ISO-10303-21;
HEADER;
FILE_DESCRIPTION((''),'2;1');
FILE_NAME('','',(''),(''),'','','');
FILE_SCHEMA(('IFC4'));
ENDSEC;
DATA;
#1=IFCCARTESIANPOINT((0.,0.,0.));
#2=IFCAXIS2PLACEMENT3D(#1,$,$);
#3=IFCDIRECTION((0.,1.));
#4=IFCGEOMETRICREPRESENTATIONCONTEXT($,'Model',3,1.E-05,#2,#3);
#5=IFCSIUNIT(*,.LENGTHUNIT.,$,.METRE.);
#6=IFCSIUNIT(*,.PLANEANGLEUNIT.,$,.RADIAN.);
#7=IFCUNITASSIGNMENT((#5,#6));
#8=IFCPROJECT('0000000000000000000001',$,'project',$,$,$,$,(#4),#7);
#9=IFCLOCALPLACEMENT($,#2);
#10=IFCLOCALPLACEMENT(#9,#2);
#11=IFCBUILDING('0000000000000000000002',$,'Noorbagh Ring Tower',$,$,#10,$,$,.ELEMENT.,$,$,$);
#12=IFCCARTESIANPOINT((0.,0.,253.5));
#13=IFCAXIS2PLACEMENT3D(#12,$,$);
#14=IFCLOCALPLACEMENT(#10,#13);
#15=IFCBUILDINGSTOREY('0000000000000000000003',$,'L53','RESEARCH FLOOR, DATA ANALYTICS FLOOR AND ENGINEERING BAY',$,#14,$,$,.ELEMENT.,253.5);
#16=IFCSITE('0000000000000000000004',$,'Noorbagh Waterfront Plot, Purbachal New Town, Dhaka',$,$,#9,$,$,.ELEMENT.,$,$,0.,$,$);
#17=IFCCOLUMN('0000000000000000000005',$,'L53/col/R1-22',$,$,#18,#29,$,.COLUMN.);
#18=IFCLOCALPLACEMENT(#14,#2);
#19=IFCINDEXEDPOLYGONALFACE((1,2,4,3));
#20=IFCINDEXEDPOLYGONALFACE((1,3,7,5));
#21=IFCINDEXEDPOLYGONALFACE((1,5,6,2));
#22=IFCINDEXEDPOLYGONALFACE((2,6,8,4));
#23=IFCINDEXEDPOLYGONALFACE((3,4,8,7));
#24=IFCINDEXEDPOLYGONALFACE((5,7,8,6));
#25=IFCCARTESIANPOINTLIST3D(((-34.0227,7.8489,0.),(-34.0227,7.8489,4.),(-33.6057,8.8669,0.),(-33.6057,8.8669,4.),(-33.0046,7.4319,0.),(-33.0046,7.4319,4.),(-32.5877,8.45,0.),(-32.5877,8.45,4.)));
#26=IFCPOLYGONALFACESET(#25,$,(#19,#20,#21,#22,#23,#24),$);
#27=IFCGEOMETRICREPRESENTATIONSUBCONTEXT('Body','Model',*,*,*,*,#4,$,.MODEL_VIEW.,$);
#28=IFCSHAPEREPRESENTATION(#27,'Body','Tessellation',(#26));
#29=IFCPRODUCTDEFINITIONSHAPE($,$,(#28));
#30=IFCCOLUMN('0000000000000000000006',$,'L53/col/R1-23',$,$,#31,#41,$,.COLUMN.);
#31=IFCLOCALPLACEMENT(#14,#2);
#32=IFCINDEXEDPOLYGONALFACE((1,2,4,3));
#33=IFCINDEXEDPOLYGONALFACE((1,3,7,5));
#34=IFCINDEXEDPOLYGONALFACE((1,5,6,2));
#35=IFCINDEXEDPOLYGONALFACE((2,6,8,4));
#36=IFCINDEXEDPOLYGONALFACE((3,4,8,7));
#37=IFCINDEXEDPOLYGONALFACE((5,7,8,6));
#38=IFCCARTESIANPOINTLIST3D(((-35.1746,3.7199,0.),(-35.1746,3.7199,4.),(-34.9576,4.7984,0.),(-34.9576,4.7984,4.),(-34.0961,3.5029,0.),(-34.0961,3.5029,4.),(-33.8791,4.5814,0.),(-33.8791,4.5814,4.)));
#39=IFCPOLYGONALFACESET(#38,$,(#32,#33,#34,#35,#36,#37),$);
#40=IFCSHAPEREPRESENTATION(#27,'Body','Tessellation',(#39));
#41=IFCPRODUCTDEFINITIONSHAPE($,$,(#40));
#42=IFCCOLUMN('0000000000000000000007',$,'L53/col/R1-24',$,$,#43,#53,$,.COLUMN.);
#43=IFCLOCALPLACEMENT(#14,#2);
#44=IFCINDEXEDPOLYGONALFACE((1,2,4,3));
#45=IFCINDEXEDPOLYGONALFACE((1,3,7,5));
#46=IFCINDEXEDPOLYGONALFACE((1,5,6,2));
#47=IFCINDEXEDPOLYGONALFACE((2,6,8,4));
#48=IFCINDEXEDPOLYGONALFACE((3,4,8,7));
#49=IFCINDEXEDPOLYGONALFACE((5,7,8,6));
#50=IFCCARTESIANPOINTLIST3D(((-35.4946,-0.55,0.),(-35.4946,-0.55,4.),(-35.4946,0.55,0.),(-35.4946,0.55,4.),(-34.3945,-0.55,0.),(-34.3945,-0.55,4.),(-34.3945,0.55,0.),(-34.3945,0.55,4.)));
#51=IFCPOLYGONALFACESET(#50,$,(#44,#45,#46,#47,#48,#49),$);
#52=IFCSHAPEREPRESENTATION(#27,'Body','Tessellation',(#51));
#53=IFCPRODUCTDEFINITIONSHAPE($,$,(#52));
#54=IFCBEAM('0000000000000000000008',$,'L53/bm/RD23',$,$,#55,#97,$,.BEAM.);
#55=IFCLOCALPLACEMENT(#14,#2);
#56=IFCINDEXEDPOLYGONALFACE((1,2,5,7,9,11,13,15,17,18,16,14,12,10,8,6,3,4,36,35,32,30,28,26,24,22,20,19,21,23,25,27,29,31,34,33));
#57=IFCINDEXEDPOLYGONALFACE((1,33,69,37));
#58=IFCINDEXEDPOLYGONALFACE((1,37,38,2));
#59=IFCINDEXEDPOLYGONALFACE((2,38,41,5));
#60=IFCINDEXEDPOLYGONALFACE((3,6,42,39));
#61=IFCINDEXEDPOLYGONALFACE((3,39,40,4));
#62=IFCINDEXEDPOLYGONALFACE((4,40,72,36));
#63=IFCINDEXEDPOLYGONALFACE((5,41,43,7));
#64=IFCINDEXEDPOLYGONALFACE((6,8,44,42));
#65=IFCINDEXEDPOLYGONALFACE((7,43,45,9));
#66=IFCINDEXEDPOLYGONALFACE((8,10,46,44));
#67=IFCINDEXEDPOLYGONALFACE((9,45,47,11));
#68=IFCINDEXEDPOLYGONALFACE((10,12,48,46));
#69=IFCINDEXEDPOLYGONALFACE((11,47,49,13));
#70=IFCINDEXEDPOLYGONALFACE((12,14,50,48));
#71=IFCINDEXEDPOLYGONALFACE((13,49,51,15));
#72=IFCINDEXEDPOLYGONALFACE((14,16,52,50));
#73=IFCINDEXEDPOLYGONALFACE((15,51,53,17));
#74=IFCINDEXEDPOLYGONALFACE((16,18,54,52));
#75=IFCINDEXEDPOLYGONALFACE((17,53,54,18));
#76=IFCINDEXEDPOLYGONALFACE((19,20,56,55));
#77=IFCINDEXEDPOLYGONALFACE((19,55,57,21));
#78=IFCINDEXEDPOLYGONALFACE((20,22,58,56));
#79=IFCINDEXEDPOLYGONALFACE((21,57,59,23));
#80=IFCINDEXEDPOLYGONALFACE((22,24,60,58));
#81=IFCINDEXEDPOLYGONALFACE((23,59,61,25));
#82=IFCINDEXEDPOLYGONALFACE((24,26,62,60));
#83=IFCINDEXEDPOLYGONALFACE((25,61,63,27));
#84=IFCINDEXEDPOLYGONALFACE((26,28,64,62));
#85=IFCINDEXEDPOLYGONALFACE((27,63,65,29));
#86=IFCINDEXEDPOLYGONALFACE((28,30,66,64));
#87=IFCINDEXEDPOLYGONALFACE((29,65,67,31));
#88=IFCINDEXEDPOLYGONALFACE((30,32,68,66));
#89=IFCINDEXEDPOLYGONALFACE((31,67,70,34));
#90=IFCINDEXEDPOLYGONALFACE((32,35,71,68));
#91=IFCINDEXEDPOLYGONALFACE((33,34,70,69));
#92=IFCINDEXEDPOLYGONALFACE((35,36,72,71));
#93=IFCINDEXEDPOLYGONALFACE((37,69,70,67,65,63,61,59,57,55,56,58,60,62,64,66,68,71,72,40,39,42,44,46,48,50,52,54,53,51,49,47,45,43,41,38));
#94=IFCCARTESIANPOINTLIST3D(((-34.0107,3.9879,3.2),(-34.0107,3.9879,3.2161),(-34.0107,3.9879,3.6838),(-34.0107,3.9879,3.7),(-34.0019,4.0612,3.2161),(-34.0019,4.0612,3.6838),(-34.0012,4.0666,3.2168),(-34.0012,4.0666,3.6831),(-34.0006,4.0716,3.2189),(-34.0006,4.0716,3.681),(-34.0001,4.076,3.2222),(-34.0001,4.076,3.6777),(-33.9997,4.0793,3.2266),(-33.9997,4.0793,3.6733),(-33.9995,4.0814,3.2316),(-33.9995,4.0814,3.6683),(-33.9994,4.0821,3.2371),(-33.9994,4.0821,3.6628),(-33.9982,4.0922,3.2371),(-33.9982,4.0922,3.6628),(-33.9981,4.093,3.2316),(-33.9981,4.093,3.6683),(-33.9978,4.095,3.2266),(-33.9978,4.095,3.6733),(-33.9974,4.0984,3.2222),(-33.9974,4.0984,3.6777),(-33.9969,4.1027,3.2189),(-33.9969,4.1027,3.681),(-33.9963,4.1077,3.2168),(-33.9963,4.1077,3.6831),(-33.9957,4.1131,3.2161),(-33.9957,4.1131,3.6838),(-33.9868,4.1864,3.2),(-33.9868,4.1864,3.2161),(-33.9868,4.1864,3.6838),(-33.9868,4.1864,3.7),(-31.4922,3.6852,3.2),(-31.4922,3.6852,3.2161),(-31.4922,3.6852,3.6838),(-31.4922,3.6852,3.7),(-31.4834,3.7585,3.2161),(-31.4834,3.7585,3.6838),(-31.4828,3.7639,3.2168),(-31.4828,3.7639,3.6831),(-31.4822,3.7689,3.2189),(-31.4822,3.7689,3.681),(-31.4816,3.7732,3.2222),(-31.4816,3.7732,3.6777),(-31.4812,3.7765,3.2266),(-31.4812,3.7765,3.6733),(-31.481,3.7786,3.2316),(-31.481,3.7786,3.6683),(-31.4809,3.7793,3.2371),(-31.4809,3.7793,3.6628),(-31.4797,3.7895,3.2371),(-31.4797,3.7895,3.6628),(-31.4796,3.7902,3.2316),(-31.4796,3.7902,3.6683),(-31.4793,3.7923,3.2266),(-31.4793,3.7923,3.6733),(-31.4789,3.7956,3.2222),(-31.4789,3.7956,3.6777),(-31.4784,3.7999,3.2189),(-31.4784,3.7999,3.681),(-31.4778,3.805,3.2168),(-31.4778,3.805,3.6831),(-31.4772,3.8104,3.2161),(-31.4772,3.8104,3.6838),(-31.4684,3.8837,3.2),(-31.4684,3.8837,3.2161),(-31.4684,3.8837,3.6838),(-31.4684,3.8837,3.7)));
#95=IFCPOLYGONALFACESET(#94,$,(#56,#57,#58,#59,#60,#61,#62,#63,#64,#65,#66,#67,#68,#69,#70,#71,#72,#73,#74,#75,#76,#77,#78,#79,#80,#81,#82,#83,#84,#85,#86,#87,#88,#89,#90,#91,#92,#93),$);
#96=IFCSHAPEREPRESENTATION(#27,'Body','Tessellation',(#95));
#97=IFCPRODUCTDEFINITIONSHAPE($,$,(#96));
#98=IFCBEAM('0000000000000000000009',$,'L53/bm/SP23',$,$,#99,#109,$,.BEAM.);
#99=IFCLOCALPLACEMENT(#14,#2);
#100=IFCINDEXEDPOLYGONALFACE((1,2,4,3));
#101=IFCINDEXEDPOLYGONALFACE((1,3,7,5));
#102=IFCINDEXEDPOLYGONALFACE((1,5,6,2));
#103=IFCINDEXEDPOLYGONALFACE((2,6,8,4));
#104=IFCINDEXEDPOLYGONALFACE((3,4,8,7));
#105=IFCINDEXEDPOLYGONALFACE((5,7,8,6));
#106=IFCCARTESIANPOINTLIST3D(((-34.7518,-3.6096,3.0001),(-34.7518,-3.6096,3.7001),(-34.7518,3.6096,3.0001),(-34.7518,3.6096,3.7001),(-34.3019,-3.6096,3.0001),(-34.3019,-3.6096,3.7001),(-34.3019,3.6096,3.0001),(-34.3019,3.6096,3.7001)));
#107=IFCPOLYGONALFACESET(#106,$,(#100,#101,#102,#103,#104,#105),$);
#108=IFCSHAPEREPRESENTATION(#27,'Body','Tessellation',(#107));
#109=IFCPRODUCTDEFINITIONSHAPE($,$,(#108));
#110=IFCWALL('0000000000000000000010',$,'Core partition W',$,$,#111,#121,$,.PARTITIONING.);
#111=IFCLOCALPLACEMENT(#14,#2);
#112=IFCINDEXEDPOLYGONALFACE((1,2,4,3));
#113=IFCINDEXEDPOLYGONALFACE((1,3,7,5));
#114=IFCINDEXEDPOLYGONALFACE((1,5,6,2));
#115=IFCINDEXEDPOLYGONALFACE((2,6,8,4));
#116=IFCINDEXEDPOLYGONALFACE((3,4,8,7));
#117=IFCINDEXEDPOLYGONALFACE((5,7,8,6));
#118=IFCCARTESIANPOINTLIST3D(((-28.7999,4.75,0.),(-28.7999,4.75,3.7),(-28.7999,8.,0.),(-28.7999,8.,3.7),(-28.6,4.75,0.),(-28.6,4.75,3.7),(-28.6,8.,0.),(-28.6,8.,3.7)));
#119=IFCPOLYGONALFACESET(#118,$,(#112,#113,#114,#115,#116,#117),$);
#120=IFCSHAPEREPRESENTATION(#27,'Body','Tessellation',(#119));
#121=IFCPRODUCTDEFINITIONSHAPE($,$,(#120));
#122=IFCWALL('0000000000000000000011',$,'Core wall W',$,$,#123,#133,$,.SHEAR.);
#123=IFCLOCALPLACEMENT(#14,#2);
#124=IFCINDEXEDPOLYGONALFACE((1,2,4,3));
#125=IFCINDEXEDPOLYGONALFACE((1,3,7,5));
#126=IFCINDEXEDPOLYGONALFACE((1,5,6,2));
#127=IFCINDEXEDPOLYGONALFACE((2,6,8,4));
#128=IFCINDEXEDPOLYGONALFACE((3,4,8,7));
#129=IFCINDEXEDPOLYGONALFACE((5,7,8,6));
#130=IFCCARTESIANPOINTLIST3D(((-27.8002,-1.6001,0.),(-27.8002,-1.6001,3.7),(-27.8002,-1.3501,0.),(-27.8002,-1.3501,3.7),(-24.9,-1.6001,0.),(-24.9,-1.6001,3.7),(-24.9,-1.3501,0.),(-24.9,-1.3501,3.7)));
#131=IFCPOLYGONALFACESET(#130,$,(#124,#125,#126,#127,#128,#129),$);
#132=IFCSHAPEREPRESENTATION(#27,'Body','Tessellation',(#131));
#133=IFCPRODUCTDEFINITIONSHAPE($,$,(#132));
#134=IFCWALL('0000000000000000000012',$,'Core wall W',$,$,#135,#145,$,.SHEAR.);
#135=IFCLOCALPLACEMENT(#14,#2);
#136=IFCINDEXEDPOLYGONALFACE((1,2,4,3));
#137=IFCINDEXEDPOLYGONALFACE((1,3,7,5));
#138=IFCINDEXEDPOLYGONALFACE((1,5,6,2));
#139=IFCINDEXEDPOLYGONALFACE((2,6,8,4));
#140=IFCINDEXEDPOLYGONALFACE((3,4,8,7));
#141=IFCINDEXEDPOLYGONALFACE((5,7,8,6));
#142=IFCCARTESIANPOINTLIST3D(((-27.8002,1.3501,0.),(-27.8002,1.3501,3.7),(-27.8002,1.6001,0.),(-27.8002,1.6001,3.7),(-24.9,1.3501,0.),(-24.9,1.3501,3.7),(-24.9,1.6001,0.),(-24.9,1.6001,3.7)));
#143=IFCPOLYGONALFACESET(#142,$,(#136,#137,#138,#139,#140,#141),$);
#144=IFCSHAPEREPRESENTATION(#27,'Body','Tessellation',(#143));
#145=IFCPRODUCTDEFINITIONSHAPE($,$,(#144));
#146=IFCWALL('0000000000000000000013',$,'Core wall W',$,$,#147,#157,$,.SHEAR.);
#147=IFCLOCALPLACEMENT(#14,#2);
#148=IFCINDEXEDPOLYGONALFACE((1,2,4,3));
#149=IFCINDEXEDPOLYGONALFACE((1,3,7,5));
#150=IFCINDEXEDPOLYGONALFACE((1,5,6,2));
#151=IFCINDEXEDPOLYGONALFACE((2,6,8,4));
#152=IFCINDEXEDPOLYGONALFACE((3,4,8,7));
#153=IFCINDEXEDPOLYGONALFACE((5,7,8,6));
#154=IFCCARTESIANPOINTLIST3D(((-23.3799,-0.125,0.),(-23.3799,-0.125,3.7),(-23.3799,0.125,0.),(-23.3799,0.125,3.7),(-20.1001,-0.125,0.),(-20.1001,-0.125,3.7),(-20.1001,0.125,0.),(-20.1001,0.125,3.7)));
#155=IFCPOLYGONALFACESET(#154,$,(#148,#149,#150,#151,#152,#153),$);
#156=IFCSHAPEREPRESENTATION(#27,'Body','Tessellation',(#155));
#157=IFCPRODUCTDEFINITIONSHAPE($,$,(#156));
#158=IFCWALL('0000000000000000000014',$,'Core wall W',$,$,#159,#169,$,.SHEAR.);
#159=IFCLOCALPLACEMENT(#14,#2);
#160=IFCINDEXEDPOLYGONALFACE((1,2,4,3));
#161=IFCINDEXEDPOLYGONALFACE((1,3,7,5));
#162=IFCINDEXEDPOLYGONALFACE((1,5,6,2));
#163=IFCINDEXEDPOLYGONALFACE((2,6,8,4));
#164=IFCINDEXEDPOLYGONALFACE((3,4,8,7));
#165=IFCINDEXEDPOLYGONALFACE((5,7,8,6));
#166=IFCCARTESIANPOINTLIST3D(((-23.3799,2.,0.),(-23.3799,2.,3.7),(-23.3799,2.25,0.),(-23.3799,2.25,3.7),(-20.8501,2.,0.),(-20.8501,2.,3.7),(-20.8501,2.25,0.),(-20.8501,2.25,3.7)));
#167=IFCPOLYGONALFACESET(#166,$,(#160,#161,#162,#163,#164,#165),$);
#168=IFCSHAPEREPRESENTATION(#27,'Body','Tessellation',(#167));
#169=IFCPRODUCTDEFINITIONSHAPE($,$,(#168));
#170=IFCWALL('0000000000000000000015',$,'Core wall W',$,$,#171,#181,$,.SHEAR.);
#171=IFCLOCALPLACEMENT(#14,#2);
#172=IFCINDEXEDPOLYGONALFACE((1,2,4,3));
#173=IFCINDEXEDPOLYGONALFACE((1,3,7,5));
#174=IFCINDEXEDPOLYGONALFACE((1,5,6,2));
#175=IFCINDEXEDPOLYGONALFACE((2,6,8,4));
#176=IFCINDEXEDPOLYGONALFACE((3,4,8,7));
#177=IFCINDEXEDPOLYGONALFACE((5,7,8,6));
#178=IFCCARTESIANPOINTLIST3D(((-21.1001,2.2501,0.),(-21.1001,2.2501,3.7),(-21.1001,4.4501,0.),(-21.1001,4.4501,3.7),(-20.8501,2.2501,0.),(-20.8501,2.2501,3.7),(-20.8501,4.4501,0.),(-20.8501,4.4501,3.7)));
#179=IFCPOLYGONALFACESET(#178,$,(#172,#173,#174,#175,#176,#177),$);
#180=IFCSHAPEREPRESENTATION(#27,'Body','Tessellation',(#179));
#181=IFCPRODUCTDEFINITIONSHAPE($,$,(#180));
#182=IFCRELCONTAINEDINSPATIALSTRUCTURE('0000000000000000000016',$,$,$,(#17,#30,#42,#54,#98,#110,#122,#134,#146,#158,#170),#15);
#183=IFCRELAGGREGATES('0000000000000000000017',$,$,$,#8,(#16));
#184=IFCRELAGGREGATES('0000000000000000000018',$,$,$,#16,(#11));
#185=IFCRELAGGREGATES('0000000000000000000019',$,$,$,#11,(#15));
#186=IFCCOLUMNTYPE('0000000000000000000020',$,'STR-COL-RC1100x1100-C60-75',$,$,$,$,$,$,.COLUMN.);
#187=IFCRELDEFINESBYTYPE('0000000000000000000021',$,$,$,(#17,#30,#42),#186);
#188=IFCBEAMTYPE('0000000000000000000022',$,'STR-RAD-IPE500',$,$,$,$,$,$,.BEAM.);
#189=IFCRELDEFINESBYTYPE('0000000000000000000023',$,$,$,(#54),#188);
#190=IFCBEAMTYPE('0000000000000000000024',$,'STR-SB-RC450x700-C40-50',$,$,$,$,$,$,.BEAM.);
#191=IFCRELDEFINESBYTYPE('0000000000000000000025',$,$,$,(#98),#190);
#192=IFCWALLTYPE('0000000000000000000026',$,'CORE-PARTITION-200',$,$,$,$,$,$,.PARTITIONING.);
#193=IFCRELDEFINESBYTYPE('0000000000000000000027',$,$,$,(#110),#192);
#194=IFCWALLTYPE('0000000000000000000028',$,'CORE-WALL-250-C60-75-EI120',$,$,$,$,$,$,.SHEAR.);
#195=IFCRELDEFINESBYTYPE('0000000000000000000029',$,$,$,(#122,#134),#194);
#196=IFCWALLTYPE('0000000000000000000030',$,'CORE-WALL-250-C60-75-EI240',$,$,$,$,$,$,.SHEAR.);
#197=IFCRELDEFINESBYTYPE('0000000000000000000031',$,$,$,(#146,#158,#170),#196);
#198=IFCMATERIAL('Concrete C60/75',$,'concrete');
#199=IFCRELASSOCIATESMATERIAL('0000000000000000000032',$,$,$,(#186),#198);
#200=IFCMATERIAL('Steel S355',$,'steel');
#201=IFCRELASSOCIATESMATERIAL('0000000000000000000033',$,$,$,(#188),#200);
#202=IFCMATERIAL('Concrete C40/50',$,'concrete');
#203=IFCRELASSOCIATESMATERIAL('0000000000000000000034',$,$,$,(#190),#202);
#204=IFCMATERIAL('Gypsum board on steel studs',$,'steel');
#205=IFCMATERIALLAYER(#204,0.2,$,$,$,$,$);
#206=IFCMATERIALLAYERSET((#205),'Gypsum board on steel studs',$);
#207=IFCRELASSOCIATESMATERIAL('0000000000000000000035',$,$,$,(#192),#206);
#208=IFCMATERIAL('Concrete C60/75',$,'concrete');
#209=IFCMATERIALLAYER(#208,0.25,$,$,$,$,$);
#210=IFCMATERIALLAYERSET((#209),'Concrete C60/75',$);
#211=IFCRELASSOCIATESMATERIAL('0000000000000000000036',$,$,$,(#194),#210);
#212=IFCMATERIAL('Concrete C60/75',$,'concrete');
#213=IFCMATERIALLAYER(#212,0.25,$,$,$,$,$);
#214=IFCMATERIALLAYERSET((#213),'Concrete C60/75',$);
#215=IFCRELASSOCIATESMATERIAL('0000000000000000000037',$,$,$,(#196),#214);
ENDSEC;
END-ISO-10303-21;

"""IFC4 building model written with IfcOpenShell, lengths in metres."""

from ifc_helpers import new_model, si_unit, direction, frame, frame_2d, origin, origin_2d, place, context, subcontext, project, spatial, rectangle, i_section, extrude, material, layer, layer_set, material_profile, profile_set, type_object, element, save


model = new_model("IFC4")

# Units and contexts
model_context = context("Model", 3, precision=1e-05, world=origin(), true_north=direction((0.0, 1.0)))
body_context = subcontext(model_context, "Body", "Model", "MODEL_VIEW")
ifc_project = project(units=[si_unit("LENGTHUNIT", "METRE"), si_unit("PLANEANGLEUNIT", "RADIAN")], contexts=[model_context])

# Site, building, storey
site_placement = place(None, origin())
site = spatial("IfcSite", under=ifc_project, at=site_placement, Name="Noorbagh Waterfront Plot, Purbachal New Town, Dhaka", CompositionType="ELEMENT", RefElevation=0.0)
building_placement = place(site_placement, origin())
building = spatial("IfcBuilding", under=site, at=building_placement, Name="Noorbagh Ring Tower", CompositionType="ELEMENT")
storey_placement = place(building_placement, frame((0.0, 0.0, 253.5)))
storey = spatial("IfcBuildingStorey", under=building, at=storey_placement, Name="L53", Description="RESEARCH FLOOR, DATA ANALYTICS FLOOR AND ENGINEERING BAY", CompositionType="ELEMENT", Elevation=253.5)

# Columns
ifc_material_1 = material(Name="Concrete C60/75", Category="concrete")
ifc_material_profile_1 = material_profile(ifc_material_1, rectangle(XDim=1.1001, YDim=1.1001, at=origin_2d()), Name="RC1100x1100")
ifc_profile_set_1 = profile_set([ifc_material_profile_1], Name="Concrete C60/75")
column_type = type_object("IfcColumnType", Name="STR-COL-RC1100x1100-C60-75", PredefinedType="COLUMN", material=ifc_profile_set_1)
for number, where, z_axis, x_axis, name in (
    (1, (-33.3052, 8.1494, 0.0), (0.0, 0.0, 1.0), (-0.378989, -0.925401, 0.0), "L53/col/R1-22"),
    (2, (-34.5269, 4.1506, 0.0), (0.0, 0.0, 1.0), (-0.19723, -0.980357, 0.0), "L53/col/R1-23"),
    (3, (-34.9446, 0.0, 0.0), (0.0, 0.0, 1.0), (0.0, -1.0, 0.0), "L53/col/R1-24"),
):
    element("IfcColumn", number, at=place(storey_placement, frame(where, z_axis=z_axis, x_axis=x_axis)), inside=storey, type_object=column_type, Name=name, PredefinedType="COLUMN", context=body_context, shape_type="SweptSolid", body=[
        extrude(rectangle(XDim=1.1001, YDim=1.1001, at=origin_2d()), origin(), (0.0, 0.0, 1.0), 4.0),
    ])

# Beams
ifc_material_2 = material(Name="Steel S355", Category="steel")
ifc_material_profile_2 = material_profile(ifc_material_2, i_section(OverallWidth=0.2, OverallDepth=0.5, WebThickness=0.0103, FlangeThickness=0.0161, FilletRadius=0.021, at=origin_2d()), Name="IPE500")
ifc_profile_set_2 = profile_set([ifc_material_profile_2], Name="Steel S355")
beam_type_1 = type_object("IfcBeamType", Name="STR-RAD-IPE500", PredefinedType="BEAM", material=ifc_profile_set_2)
beam_1_placement = place(storey_placement, frame((-33.9988, 4.0872, 3.45), z_axis=(0.992853, -0.119343, 0.0), x_axis=(0.119343, 0.992853, 0.0)))
element("IfcBeam", 4, at=beam_1_placement, inside=storey, type_object=beam_type_1, Name="L53/bm/RD23", PredefinedType="BEAM", context=body_context, shape_type="SweptSolid", body=[
    extrude(i_section(OverallWidth=0.2, OverallDepth=0.5, WebThickness=0.0103, FlangeThickness=0.0161, FilletRadius=0.021, at=origin_2d()), origin(), (0.0, 0.0, 1.0), 2.5366),
])
ifc_material_3 = material(Name="Concrete C40/50", Category="concrete")
ifc_material_profile_3 = material_profile(ifc_material_3, rectangle(XDim=0.45, YDim=0.7, at=origin_2d()), Name="RC450x700")
ifc_profile_set_3 = profile_set([ifc_material_profile_3], Name="Concrete C40/50")
beam_type_2 = type_object("IfcBeamType", Name="STR-SB-RC450x700-C40-50", PredefinedType="BEAM", material=ifc_profile_set_3)
beam_2_placement = place(storey_placement, frame((-34.5269, 3.6096, 3.3501), z_axis=(0.0, -1.0, 0.0), x_axis=(1.0, 0.0, 0.0)))
element("IfcBeam", 5, at=beam_2_placement, inside=storey, type_object=beam_type_2, Name="L53/bm/SP23", PredefinedType="BEAM", context=body_context, shape_type="SweptSolid", body=[
    extrude(rectangle(XDim=0.45, YDim=0.7, at=origin_2d()), origin(), (0.0, 0.0, 1.0), 7.2192),
])

# Walls
ifc_material_4 = material(Name="Gypsum board on steel studs", Category="steel")
ifc_layer_1 = layer(ifc_material_4, 0.2)
ifc_layer_set_1 = layer_set([ifc_layer_1], Name="Gypsum board on steel studs")
wall_type_1 = type_object("IfcWallType", Name="CORE-PARTITION-200", PredefinedType="PARTITIONING", material=ifc_layer_set_1)
wall_1_placement = place(storey_placement, frame((-28.7, 4.75, 0.0), z_axis=(0.0, 0.0, 1.0), x_axis=(0.0, 1.0, 0.0)))
element("IfcWall", 6, at=wall_1_placement, inside=storey, type_object=wall_type_1, Name="Core partition W", PredefinedType="PARTITIONING", context=body_context, shape_type="SweptSolid", body=[
    extrude(rectangle(XDim=3.25, YDim=0.2, at=frame_2d((1.625, 0.0))), origin(), (0.0, 0.0, 1.0), 3.7),
])
ifc_material_5 = material(Name="Concrete C60/75", Category="concrete")
ifc_layer_2 = layer(ifc_material_5, 0.25)
ifc_layer_set_2 = layer_set([ifc_layer_2], Name="Concrete C60/75")
wall_type_2 = type_object("IfcWallType", Name="CORE-WALL-250-C60-75-EI120", PredefinedType="SHEAR", material=ifc_layer_set_2)
for number, where, z_axis, x_axis, name in (
    (7, (-24.8999, -1.4751, 0.0), (0.0, 0.0, 1.0), (-1.0, 0.0, 0.0), "Core wall W"),
    (8, (-24.8999, 1.4751, 0.0), (0.0, 0.0, 1.0), (-1.0, 0.0, 0.0), "Core wall W"),
):
    element("IfcWall", number, at=place(storey_placement, frame(where, z_axis=z_axis, x_axis=x_axis)), inside=storey, type_object=wall_type_2, Name=name, PredefinedType="SHEAR", context=body_context, shape_type="SweptSolid", body=[
        extrude(rectangle(XDim=2.9001, YDim=0.25, at=frame_2d((1.4502, 0.0))), origin(), (0.0, 0.0, 1.0), 3.7),
    ])
ifc_material_6 = material(Name="Concrete C60/75", Category="concrete")
ifc_layer_3 = layer(ifc_material_6, 0.25)
ifc_layer_set_3 = layer_set([ifc_layer_3], Name="Concrete C60/75")
wall_type_3 = type_object("IfcWallType", Name="CORE-WALL-250-C60-75-EI240", PredefinedType="SHEAR", material=ifc_layer_set_3)
wall_2_placement = place(storey_placement, frame((-20.1001, 0.0, 0.0), z_axis=(0.0, 0.0, 1.0), x_axis=(-1.0, 0.0, 0.0)))
element("IfcWall", 9, at=wall_2_placement, inside=storey, type_object=wall_type_3, Name="Core wall W", PredefinedType="SHEAR", context=body_context, shape_type="SweptSolid", body=[
    extrude(rectangle(XDim=3.2798, YDim=0.25, at=frame_2d((1.6399, 0.0))), origin(), (0.0, 0.0, 1.0), 3.7),
])
wall_3_placement = place(storey_placement, frame((-20.8501, 2.125, 0.0), z_axis=(0.0, 0.0, 1.0), x_axis=(-1.0, 0.0, 0.0)))
element("IfcWall", 10, at=wall_3_placement, inside=storey, type_object=wall_type_3, Name="Core wall W", PredefinedType="SHEAR", context=body_context, shape_type="SweptSolid", body=[
    extrude(rectangle(XDim=2.5298, YDim=0.25, at=frame_2d((1.2649, 0.0))), origin(), (0.0, 0.0, 1.0), 3.7),
])
wall_4_placement = place(storey_placement, frame((-20.9751, 2.25, 0.0), z_axis=(0.0, 0.0, 1.0), x_axis=(0.0, 1.0, 0.0)))
element("IfcWall", 11, at=wall_4_placement, inside=storey, type_object=wall_type_3, Name="Core wall W", PredefinedType="SHEAR", context=body_context, shape_type="SweptSolid", body=[
    extrude(rectangle(XDim=2.2, YDim=0.25, at=frame_2d((1.1001, 0.0))), origin(), (0.0, 0.0, 1.0), 3.7),
])

save(model, "model.ifc")
